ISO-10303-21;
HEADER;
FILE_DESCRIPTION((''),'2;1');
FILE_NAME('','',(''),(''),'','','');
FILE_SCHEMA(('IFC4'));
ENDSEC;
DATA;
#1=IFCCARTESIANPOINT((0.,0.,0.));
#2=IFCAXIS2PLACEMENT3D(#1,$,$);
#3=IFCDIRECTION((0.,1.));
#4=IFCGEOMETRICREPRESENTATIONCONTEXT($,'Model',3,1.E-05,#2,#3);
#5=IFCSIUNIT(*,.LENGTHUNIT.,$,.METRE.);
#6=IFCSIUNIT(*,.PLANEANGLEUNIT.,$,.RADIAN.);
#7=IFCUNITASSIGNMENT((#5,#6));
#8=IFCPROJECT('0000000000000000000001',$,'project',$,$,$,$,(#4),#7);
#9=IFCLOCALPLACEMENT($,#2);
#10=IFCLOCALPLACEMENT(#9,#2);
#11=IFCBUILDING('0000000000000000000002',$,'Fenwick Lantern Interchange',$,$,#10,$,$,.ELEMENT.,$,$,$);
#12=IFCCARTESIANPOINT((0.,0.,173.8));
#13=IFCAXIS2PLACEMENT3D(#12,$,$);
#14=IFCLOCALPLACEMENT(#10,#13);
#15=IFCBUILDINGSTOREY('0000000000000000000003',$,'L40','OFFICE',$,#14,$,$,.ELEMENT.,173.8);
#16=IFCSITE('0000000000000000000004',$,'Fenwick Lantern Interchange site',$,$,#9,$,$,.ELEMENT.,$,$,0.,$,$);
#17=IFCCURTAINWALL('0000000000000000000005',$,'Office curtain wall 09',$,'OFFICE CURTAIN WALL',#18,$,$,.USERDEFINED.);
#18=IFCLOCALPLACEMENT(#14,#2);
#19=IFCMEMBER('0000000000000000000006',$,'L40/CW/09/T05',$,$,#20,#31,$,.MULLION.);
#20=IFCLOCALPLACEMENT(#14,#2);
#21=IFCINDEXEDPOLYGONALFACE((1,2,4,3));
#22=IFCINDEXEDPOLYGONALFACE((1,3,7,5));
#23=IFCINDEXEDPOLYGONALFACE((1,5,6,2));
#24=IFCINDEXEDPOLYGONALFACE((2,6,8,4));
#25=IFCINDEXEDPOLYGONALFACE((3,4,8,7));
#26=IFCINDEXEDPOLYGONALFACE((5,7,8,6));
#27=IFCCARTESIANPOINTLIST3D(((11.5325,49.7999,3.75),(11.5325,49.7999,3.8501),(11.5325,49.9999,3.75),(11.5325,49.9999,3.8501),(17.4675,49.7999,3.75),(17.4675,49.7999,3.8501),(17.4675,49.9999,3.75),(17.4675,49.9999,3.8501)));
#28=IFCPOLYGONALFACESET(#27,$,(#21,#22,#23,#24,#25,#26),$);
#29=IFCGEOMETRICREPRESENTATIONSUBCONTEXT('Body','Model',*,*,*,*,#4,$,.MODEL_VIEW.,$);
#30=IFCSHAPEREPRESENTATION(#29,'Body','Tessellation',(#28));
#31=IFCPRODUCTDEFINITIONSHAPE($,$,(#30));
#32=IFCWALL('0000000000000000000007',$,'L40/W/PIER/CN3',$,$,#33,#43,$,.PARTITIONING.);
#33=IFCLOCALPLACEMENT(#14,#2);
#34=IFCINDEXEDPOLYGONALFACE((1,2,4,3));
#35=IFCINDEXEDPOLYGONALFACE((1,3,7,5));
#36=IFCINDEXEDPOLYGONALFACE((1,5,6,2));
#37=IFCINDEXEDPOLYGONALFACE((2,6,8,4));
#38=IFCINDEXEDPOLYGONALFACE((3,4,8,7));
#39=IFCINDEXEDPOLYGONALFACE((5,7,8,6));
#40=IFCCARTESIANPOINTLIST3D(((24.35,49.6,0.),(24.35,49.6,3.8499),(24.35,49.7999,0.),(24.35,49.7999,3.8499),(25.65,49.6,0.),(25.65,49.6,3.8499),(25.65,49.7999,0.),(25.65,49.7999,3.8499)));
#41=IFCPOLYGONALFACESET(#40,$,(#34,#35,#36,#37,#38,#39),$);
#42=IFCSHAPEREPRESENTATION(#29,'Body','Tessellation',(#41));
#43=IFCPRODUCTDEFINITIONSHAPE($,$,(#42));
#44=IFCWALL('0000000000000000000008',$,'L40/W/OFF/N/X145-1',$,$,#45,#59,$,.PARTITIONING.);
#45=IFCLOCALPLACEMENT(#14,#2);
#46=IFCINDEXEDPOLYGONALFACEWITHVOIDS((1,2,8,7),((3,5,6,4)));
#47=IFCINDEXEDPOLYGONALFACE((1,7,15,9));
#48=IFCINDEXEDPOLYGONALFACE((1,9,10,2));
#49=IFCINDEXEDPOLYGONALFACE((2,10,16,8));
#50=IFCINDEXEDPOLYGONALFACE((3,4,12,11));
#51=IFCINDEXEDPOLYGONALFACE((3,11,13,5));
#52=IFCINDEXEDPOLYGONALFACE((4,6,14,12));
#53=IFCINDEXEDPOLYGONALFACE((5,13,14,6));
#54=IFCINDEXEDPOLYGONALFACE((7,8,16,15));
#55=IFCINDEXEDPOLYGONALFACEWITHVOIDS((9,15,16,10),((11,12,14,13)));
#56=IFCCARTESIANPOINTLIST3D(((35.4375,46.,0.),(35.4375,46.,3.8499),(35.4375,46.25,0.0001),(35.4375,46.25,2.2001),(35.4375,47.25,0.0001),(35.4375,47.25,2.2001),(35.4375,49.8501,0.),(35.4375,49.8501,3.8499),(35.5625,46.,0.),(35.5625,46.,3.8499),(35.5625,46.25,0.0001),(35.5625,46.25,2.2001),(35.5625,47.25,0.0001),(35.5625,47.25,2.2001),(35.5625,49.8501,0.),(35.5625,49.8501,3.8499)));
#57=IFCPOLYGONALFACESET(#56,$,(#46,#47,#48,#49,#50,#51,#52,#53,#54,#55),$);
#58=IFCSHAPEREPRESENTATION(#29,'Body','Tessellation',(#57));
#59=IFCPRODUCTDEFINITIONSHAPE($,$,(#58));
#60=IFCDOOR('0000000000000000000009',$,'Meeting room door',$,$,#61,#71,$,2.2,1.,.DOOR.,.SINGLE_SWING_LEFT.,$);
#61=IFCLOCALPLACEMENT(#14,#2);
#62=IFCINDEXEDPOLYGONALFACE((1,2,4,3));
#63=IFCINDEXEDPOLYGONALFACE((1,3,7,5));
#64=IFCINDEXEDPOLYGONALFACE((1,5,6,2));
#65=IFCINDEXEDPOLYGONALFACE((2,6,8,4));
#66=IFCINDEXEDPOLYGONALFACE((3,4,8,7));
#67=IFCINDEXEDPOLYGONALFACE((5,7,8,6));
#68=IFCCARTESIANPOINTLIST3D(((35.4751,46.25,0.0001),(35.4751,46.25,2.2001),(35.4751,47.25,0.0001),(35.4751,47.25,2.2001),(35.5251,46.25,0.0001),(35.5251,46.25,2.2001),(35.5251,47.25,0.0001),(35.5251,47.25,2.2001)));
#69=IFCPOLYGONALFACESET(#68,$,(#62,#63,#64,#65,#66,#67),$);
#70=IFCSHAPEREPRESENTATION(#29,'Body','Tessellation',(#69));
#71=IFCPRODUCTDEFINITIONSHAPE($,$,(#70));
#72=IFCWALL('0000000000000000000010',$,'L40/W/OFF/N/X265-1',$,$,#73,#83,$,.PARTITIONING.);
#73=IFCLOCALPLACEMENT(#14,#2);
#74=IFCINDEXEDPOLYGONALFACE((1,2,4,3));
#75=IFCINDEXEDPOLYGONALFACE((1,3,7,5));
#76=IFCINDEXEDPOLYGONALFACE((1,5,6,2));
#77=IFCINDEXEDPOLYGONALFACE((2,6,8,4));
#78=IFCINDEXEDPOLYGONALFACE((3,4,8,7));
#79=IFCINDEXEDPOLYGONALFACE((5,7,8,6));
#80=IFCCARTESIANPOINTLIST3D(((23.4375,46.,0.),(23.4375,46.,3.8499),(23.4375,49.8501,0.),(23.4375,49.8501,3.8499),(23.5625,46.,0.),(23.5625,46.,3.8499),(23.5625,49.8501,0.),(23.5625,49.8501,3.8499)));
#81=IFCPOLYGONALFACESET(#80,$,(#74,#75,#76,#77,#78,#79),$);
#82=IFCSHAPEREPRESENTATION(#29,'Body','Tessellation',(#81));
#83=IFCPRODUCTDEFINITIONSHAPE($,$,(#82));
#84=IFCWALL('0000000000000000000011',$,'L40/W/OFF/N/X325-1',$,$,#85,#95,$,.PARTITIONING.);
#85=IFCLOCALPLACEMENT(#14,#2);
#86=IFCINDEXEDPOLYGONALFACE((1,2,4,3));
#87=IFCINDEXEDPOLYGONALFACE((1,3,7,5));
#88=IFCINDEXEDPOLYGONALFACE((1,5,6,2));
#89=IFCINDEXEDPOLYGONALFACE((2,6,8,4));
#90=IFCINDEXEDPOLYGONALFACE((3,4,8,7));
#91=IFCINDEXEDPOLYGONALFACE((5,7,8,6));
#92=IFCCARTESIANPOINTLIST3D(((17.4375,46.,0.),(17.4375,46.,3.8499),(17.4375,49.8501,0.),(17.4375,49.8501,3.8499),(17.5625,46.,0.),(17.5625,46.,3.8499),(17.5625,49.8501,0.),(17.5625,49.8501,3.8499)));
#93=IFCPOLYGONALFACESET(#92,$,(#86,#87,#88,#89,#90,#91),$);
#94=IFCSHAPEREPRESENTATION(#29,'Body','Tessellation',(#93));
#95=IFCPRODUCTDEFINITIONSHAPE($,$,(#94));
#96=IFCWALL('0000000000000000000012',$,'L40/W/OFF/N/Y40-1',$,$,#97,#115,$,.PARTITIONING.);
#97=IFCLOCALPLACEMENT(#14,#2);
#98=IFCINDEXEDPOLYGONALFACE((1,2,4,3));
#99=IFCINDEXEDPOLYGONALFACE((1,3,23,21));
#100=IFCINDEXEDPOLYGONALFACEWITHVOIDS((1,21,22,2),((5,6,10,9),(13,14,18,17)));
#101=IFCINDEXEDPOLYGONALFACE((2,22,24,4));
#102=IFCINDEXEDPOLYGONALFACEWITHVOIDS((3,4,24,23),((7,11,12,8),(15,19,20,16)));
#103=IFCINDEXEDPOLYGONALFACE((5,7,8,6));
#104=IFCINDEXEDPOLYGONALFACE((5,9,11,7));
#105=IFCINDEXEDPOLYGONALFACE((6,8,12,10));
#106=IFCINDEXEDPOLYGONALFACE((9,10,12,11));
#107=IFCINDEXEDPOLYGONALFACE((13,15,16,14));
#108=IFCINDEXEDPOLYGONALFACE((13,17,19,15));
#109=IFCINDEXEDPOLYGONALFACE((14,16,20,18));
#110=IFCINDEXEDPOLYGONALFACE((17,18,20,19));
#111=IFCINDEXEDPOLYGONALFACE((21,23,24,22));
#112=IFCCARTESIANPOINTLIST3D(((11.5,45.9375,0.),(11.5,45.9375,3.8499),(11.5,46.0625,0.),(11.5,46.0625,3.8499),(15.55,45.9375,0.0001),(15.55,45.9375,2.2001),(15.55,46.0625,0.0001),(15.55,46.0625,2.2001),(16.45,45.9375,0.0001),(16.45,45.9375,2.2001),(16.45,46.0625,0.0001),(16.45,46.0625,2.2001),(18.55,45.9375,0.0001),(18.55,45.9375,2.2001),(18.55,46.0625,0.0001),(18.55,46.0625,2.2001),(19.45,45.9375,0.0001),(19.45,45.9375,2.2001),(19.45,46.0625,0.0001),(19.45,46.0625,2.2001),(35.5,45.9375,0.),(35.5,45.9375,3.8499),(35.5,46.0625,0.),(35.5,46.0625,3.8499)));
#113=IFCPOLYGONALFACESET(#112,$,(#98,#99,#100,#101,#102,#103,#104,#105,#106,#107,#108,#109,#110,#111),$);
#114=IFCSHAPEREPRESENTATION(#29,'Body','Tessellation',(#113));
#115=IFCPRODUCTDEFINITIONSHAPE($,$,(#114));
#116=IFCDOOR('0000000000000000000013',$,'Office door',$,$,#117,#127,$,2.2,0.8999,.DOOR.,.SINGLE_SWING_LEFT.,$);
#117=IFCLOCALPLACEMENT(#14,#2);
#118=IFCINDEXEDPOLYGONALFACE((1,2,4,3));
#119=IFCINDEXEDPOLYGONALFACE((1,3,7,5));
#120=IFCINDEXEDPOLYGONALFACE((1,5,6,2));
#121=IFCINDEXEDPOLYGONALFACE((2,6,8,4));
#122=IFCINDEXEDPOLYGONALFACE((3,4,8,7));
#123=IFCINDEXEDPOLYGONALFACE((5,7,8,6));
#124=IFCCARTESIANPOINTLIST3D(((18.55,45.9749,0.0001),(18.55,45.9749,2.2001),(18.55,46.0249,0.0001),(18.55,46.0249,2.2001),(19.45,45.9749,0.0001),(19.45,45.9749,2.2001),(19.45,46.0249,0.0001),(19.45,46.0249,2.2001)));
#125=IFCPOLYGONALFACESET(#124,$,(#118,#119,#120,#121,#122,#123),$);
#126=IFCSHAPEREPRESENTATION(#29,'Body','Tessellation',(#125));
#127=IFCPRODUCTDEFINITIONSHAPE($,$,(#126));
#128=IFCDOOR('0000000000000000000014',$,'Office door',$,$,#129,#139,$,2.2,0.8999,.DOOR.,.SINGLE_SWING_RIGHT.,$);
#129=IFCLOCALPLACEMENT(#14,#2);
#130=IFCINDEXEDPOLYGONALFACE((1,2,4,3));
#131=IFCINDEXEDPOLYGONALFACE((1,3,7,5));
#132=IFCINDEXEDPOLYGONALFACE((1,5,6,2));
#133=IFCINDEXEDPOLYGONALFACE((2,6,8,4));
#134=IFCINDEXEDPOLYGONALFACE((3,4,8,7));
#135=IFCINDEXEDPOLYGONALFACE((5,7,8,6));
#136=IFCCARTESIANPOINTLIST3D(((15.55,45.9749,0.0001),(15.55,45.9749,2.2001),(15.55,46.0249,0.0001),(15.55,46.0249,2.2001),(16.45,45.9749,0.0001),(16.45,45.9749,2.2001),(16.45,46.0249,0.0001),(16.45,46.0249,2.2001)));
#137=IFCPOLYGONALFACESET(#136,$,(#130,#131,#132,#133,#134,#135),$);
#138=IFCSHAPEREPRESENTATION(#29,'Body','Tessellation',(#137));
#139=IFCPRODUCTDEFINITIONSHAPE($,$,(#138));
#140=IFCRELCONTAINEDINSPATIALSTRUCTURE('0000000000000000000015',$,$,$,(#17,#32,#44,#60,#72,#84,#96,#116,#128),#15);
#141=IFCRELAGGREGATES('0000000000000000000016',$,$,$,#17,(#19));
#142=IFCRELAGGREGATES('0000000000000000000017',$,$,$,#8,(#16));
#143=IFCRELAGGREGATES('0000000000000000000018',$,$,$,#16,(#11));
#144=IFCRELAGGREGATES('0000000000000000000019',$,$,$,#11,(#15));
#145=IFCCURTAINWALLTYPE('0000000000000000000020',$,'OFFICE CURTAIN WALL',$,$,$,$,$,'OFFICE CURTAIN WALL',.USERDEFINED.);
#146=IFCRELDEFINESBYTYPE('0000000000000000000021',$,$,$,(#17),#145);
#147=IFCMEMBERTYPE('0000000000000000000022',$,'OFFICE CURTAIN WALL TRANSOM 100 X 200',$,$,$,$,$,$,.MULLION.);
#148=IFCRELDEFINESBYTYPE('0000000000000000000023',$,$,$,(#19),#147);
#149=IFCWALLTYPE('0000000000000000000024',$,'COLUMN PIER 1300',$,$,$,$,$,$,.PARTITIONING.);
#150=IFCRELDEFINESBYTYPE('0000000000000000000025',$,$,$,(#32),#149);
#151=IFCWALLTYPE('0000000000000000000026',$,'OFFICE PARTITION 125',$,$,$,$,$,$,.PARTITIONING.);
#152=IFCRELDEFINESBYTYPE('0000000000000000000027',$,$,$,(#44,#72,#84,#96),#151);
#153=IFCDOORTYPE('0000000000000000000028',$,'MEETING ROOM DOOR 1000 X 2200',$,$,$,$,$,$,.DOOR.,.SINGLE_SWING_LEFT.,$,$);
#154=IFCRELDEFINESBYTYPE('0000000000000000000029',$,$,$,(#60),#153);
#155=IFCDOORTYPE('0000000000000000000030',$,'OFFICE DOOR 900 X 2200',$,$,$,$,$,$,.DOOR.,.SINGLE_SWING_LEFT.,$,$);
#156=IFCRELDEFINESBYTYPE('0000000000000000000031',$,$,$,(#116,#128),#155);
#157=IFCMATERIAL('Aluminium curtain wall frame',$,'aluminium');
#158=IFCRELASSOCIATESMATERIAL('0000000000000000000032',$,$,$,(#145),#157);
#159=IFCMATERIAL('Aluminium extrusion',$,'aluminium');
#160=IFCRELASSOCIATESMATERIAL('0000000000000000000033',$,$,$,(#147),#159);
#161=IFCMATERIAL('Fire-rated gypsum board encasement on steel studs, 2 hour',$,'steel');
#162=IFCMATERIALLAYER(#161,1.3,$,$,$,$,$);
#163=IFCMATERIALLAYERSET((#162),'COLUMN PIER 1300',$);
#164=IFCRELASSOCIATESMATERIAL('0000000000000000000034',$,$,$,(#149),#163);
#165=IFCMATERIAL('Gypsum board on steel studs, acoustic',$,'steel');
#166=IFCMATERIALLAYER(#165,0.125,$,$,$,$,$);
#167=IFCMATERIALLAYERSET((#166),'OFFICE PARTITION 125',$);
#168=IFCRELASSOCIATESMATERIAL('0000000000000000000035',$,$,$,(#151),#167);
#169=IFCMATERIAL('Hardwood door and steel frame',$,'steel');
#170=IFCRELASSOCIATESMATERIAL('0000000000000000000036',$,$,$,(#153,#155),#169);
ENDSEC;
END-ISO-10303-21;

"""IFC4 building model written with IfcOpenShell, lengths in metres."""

from ifc_helpers import new_model, si_unit, direction, frame, frame_2d, origin, origin_2d, place, context, subcontext, project, spatial, rectangle, extrude, material, layer, layer_set, material_profile, profile_set, type_object, element, fill, aggregate, save


model = new_model("IFC4")

# Units and contexts
model_context = context("Model", 3, precision=1e-05, world=origin(), true_north=direction((0.0, 1.0)))
body_context = subcontext(model_context, "Body", "Model", "MODEL_VIEW")
ifc_project = project(units=[si_unit("LENGTHUNIT", "METRE"), si_unit("PLANEANGLEUNIT", "RADIAN")], contexts=[model_context])

# Site, building, storey
site_placement = place(None, origin())
site = spatial("IfcSite", under=ifc_project, at=site_placement, Name="Fenwick Lantern Interchange site", CompositionType="ELEMENT", RefElevation=0.0)
building_placement = place(site_placement, origin())
building = spatial("IfcBuilding", under=site, at=building_placement, Name="Fenwick Lantern Interchange", CompositionType="ELEMENT")
storey_placement = place(building_placement, frame((0.0, 0.0, 173.8)))
storey = spatial("IfcBuildingStorey", under=building, at=storey_placement, Name="L40", Description="OFFICE", CompositionType="ELEMENT", Elevation=173.8)

# Curtain wall, member
ifc_material_1 = material(Name="Aluminium curtain wall frame", Category="aluminium")
curtain_wall_type = type_object("IfcCurtainWallType", Name="OFFICE CURTAIN WALL", ElementType="OFFICE CURTAIN WALL", PredefinedType="USERDEFINED", material=ifc_material_1)
curtain_wall_placement = place(storey_placement, origin())
curtain_wall = element("IfcCurtainWall", 1, at=curtain_wall_placement, inside=storey, type_object=curtain_wall_type, Name="Office curtain wall 09", ObjectType="OFFICE CURTAIN WALL", PredefinedType="USERDEFINED")
ifc_material_2 = material(Name="Aluminium extrusion", Category="aluminium")
ifc_material_profile_1 = material_profile(ifc_material_2, rectangle(XDim=0.2, YDim=0.1001, at=origin_2d()), Name="OFFICE CURTAIN WALL TRANSOM 100 X 200")
ifc_profile_set_1 = profile_set([ifc_material_profile_1], Name="Aluminium extrusion")
member_type_1 = type_object("IfcMemberType", Name="OFFICE CURTAIN WALL TRANSOM 100 X 200", PredefinedType="MULLION", material=ifc_profile_set_1)
member_1_placement = place(storey_placement, frame((17.4675, 49.8999, 3.8), z_axis=(-1.0, 0.0, 0.0), x_axis=(0.0, -1.0, 0.0)))
member_1 = element("IfcMember", 2, at=member_1_placement, type_object=member_type_1, Name="L40/CW/09/T05", PredefinedType="MULLION", context=body_context, shape_type="SweptSolid", body=[
    extrude(rectangle(XDim=0.2, YDim=0.1001, at=origin_2d()), origin(), (0.0, 0.0, 1.0), 5.9351),
])
aggregate(curtain_wall, [member_1])

# Wall
ifc_material_3 = material(Name="Fire-rated gypsum board encasement on steel studs, 2 hour", Category="steel")
ifc_layer_1 = layer(ifc_material_3, 1.3)
ifc_layer_set_1 = layer_set([ifc_layer_1], Name="COLUMN PIER 1300")
wall_type_1 = type_object("IfcWallType", Name="COLUMN PIER 1300", PredefinedType="PARTITIONING", material=ifc_layer_set_1)
wall_1_placement = place(storey_placement, frame((25.0, 49.8, 0.0), z_axis=(0.0, 0.0, 1.0), x_axis=(0.0, -1.0, 0.0)))
element("IfcWall", 3, at=wall_1_placement, inside=storey, type_object=wall_type_1, Name="L40/W/PIER/CN3", PredefinedType="PARTITIONING", context=body_context, shape_type="SweptSolid", body=[
    extrude(rectangle(XDim=0.2, YDim=1.3, at=frame_2d((0.1001, 0.0))), origin(), (0.0, 0.0, 1.0), 3.8499),
])

# Wall, opening, door
ifc_material_4 = material(Name="Gypsum board on steel studs, acoustic", Category="steel")
ifc_layer_2 = layer(ifc_material_4, 0.125)
ifc_layer_set_2 = layer_set([ifc_layer_2], Name="OFFICE PARTITION 125")
wall_type_2 = type_object("IfcWallType", Name="OFFICE PARTITION 125", PredefinedType="PARTITIONING", material=ifc_layer_set_2)
wall_2_placement = place(storey_placement, frame((35.5, 49.8501, 0.0), z_axis=(0.0, 0.0, 1.0), x_axis=(0.0, -1.0, 0.0)))
wall_2 = element("IfcWall", 4, at=wall_2_placement, inside=storey, type_object=wall_type_2, Name="L40/W/OFF/N/X145-1", PredefinedType="PARTITIONING", context=body_context, shape_type="SweptSolid", body=[
    extrude(rectangle(XDim=3.8501, YDim=0.125, at=frame_2d((1.925, 0.0))), origin(), (0.0, 0.0, 1.0), 3.8499),
])
opening_1_placement = place(wall_2_placement, frame((2.6001, 0.0, 0.0)))
opening_1 = element("IfcOpeningElement", 5, at=opening_1_placement, cuts=wall_2, PredefinedType="OPENING", context=body_context, shape_type="SweptSolid", body=[
    extrude(rectangle(XDim=1.0, YDim=2.2, at=frame_2d((0.5, 1.1001))), frame((0.0, 0.0725, 0.0), z_axis=(0.0, -1.0, 0.0), x_axis=(1.0, 0.0, 0.0)), (0.0, 0.0, 1.0), 0.145),
])
ifc_material_5 = material(Name="Hardwood door and steel frame", Category="steel")
door_type_1 = type_object("IfcDoorType", Name="MEETING ROOM DOOR 1000 X 2200", OperationType="SINGLE_SWING_LEFT", PredefinedType="DOOR", material=ifc_material_5)
door_1_placement = place(opening_1_placement, frame((1.0, 0.0, 0.0), z_axis=(0.0, 0.0, 1.0), x_axis=(-1.0, 0.0, 0.0)))
door_1 = element("IfcDoor", 6, at=door_1_placement, inside=storey, type_object=door_type_1, Name="Meeting room door", OperationType="SINGLE_SWING_LEFT", OverallHeight=2.2, OverallWidth=1.0, PredefinedType="DOOR", context=body_context, shape_type="SweptSolid", body=[
    extrude(rectangle(XDim=1.0, YDim=2.2, at=frame_2d((0.5, 1.1001))), frame((0.0, 0.0249, 0.0), z_axis=(0.0, -1.0, 0.0), x_axis=(1.0, 0.0, 0.0)), (0.0, 0.0, 1.0), 0.05),
])
fill(opening_1, door_1)

# Walls
for number, where, z_axis, x_axis, name in (
    (7, (23.5, 49.8501, 0.0), (0.0, 0.0, 1.0), (0.0, -1.0, 0.0), "L40/W/OFF/N/X265-1"),
    (8, (17.5, 49.8501, 0.0), (0.0, 0.0, 1.0), (0.0, -1.0, 0.0), "L40/W/OFF/N/X325-1"),
):
    element("IfcWall", number, at=place(storey_placement, frame(where, z_axis=z_axis, x_axis=x_axis)), inside=storey, type_object=wall_type_2, Name=name, PredefinedType="PARTITIONING", context=body_context, shape_type="SweptSolid", body=[
        extrude(rectangle(XDim=3.8501, YDim=0.125, at=frame_2d((1.925, 0.0))), origin(), (0.0, 0.0, 1.0), 3.8499),
    ])

# Wall, openings, doors
wall_3_placement = place(storey_placement, frame((35.5, 46.0, 0.0), z_axis=(0.0, 0.0, 1.0), x_axis=(-1.0, 0.0, 0.0)))
wall_3 = element("IfcWall", 9, at=wall_3_placement, inside=storey, type_object=wall_type_2, Name="L40/W/OFF/N/Y40-1", PredefinedType="PARTITIONING", context=body_context, shape_type="SweptSolid", body=[
    extrude(rectangle(XDim=24.0, YDim=0.125, at=frame_2d((12.0, 0.0))), origin(), (0.0, 0.0, 1.0), 3.8499),
])
opening_2_placement = place(wall_3_placement, frame((16.05, 0.0, 0.0)))
opening_2 = element("IfcOpeningElement", 10, at=opening_2_placement, cuts=wall_3, PredefinedType="OPENING", context=body_context, shape_type="SweptSolid", body=[
    extrude(rectangle(XDim=0.8999, YDim=2.2, at=frame_2d((0.45, 1.1001))), frame((0.0, 0.0725, 0.0), z_axis=(0.0, -1.0, 0.0), x_axis=(1.0, 0.0, 0.0)), (0.0, 0.0, 1.0), 0.145),
])
opening_3_placement = place(wall_3_placement, frame((19.05, 0.0, 0.0)))
opening_3 = element("IfcOpeningElement", 11, at=opening_3_placement, cuts=wall_3, PredefinedType="OPENING", context=body_context, shape_type="SweptSolid", body=[
    extrude(rectangle(XDim=0.8999, YDim=2.2, at=frame_2d((0.45, 1.1001))), frame((0.0, 0.0725, 0.0), z_axis=(0.0, -1.0, 0.0), x_axis=(1.0, 0.0, 0.0)), (0.0, 0.0, 1.0), 0.145),
])
door_type_2 = type_object("IfcDoorType", Name="OFFICE DOOR 900 X 2200", OperationType="SINGLE_SWING_LEFT", PredefinedType="DOOR", material=ifc_material_5)
door_2_placement = place(opening_2_placement, frame((0.8999, 0.0, 0.0), z_axis=(0.0, 0.0, 1.0), x_axis=(-1.0, 0.0, 0.0)))
door_2 = element("IfcDoor", 12, at=door_2_placement, inside=storey, type_object=door_type_2, Name="Office door", OperationType="SINGLE_SWING_LEFT", OverallHeight=2.2, OverallWidth=0.8999, PredefinedType="DOOR", context=body_context, shape_type="SweptSolid", body=[
    extrude(rectangle(XDim=0.8999, YDim=2.2, at=frame_2d((0.45, 1.1001))), frame((0.0, 0.0249, 0.0), z_axis=(0.0, -1.0, 0.0), x_axis=(1.0, 0.0, 0.0)), (0.0, 0.0, 1.0), 0.05),
])
fill(opening_2, door_2)
door_3_placement = place(opening_3_placement, frame((0.8999, 0.0, 0.0), z_axis=(0.0, 0.0, 1.0), x_axis=(-1.0, 0.0, 0.0)))
door_3 = element("IfcDoor", 13, at=door_3_placement, inside=storey, type_object=door_type_2, Name="Office door", OperationType="SINGLE_SWING_RIGHT", OverallHeight=2.2, OverallWidth=0.8999, PredefinedType="DOOR", context=body_context, shape_type="SweptSolid", body=[
    extrude(rectangle(XDim=0.8999, YDim=2.2, at=frame_2d((0.45, 1.1001))), frame((0.0, 0.0249, 0.0), z_axis=(0.0, -1.0, 0.0), x_axis=(1.0, 0.0, 0.0)), (0.0, 0.0, 1.0), 0.05),
])
fill(opening_3, door_3)

save(model, "model.ifc")
